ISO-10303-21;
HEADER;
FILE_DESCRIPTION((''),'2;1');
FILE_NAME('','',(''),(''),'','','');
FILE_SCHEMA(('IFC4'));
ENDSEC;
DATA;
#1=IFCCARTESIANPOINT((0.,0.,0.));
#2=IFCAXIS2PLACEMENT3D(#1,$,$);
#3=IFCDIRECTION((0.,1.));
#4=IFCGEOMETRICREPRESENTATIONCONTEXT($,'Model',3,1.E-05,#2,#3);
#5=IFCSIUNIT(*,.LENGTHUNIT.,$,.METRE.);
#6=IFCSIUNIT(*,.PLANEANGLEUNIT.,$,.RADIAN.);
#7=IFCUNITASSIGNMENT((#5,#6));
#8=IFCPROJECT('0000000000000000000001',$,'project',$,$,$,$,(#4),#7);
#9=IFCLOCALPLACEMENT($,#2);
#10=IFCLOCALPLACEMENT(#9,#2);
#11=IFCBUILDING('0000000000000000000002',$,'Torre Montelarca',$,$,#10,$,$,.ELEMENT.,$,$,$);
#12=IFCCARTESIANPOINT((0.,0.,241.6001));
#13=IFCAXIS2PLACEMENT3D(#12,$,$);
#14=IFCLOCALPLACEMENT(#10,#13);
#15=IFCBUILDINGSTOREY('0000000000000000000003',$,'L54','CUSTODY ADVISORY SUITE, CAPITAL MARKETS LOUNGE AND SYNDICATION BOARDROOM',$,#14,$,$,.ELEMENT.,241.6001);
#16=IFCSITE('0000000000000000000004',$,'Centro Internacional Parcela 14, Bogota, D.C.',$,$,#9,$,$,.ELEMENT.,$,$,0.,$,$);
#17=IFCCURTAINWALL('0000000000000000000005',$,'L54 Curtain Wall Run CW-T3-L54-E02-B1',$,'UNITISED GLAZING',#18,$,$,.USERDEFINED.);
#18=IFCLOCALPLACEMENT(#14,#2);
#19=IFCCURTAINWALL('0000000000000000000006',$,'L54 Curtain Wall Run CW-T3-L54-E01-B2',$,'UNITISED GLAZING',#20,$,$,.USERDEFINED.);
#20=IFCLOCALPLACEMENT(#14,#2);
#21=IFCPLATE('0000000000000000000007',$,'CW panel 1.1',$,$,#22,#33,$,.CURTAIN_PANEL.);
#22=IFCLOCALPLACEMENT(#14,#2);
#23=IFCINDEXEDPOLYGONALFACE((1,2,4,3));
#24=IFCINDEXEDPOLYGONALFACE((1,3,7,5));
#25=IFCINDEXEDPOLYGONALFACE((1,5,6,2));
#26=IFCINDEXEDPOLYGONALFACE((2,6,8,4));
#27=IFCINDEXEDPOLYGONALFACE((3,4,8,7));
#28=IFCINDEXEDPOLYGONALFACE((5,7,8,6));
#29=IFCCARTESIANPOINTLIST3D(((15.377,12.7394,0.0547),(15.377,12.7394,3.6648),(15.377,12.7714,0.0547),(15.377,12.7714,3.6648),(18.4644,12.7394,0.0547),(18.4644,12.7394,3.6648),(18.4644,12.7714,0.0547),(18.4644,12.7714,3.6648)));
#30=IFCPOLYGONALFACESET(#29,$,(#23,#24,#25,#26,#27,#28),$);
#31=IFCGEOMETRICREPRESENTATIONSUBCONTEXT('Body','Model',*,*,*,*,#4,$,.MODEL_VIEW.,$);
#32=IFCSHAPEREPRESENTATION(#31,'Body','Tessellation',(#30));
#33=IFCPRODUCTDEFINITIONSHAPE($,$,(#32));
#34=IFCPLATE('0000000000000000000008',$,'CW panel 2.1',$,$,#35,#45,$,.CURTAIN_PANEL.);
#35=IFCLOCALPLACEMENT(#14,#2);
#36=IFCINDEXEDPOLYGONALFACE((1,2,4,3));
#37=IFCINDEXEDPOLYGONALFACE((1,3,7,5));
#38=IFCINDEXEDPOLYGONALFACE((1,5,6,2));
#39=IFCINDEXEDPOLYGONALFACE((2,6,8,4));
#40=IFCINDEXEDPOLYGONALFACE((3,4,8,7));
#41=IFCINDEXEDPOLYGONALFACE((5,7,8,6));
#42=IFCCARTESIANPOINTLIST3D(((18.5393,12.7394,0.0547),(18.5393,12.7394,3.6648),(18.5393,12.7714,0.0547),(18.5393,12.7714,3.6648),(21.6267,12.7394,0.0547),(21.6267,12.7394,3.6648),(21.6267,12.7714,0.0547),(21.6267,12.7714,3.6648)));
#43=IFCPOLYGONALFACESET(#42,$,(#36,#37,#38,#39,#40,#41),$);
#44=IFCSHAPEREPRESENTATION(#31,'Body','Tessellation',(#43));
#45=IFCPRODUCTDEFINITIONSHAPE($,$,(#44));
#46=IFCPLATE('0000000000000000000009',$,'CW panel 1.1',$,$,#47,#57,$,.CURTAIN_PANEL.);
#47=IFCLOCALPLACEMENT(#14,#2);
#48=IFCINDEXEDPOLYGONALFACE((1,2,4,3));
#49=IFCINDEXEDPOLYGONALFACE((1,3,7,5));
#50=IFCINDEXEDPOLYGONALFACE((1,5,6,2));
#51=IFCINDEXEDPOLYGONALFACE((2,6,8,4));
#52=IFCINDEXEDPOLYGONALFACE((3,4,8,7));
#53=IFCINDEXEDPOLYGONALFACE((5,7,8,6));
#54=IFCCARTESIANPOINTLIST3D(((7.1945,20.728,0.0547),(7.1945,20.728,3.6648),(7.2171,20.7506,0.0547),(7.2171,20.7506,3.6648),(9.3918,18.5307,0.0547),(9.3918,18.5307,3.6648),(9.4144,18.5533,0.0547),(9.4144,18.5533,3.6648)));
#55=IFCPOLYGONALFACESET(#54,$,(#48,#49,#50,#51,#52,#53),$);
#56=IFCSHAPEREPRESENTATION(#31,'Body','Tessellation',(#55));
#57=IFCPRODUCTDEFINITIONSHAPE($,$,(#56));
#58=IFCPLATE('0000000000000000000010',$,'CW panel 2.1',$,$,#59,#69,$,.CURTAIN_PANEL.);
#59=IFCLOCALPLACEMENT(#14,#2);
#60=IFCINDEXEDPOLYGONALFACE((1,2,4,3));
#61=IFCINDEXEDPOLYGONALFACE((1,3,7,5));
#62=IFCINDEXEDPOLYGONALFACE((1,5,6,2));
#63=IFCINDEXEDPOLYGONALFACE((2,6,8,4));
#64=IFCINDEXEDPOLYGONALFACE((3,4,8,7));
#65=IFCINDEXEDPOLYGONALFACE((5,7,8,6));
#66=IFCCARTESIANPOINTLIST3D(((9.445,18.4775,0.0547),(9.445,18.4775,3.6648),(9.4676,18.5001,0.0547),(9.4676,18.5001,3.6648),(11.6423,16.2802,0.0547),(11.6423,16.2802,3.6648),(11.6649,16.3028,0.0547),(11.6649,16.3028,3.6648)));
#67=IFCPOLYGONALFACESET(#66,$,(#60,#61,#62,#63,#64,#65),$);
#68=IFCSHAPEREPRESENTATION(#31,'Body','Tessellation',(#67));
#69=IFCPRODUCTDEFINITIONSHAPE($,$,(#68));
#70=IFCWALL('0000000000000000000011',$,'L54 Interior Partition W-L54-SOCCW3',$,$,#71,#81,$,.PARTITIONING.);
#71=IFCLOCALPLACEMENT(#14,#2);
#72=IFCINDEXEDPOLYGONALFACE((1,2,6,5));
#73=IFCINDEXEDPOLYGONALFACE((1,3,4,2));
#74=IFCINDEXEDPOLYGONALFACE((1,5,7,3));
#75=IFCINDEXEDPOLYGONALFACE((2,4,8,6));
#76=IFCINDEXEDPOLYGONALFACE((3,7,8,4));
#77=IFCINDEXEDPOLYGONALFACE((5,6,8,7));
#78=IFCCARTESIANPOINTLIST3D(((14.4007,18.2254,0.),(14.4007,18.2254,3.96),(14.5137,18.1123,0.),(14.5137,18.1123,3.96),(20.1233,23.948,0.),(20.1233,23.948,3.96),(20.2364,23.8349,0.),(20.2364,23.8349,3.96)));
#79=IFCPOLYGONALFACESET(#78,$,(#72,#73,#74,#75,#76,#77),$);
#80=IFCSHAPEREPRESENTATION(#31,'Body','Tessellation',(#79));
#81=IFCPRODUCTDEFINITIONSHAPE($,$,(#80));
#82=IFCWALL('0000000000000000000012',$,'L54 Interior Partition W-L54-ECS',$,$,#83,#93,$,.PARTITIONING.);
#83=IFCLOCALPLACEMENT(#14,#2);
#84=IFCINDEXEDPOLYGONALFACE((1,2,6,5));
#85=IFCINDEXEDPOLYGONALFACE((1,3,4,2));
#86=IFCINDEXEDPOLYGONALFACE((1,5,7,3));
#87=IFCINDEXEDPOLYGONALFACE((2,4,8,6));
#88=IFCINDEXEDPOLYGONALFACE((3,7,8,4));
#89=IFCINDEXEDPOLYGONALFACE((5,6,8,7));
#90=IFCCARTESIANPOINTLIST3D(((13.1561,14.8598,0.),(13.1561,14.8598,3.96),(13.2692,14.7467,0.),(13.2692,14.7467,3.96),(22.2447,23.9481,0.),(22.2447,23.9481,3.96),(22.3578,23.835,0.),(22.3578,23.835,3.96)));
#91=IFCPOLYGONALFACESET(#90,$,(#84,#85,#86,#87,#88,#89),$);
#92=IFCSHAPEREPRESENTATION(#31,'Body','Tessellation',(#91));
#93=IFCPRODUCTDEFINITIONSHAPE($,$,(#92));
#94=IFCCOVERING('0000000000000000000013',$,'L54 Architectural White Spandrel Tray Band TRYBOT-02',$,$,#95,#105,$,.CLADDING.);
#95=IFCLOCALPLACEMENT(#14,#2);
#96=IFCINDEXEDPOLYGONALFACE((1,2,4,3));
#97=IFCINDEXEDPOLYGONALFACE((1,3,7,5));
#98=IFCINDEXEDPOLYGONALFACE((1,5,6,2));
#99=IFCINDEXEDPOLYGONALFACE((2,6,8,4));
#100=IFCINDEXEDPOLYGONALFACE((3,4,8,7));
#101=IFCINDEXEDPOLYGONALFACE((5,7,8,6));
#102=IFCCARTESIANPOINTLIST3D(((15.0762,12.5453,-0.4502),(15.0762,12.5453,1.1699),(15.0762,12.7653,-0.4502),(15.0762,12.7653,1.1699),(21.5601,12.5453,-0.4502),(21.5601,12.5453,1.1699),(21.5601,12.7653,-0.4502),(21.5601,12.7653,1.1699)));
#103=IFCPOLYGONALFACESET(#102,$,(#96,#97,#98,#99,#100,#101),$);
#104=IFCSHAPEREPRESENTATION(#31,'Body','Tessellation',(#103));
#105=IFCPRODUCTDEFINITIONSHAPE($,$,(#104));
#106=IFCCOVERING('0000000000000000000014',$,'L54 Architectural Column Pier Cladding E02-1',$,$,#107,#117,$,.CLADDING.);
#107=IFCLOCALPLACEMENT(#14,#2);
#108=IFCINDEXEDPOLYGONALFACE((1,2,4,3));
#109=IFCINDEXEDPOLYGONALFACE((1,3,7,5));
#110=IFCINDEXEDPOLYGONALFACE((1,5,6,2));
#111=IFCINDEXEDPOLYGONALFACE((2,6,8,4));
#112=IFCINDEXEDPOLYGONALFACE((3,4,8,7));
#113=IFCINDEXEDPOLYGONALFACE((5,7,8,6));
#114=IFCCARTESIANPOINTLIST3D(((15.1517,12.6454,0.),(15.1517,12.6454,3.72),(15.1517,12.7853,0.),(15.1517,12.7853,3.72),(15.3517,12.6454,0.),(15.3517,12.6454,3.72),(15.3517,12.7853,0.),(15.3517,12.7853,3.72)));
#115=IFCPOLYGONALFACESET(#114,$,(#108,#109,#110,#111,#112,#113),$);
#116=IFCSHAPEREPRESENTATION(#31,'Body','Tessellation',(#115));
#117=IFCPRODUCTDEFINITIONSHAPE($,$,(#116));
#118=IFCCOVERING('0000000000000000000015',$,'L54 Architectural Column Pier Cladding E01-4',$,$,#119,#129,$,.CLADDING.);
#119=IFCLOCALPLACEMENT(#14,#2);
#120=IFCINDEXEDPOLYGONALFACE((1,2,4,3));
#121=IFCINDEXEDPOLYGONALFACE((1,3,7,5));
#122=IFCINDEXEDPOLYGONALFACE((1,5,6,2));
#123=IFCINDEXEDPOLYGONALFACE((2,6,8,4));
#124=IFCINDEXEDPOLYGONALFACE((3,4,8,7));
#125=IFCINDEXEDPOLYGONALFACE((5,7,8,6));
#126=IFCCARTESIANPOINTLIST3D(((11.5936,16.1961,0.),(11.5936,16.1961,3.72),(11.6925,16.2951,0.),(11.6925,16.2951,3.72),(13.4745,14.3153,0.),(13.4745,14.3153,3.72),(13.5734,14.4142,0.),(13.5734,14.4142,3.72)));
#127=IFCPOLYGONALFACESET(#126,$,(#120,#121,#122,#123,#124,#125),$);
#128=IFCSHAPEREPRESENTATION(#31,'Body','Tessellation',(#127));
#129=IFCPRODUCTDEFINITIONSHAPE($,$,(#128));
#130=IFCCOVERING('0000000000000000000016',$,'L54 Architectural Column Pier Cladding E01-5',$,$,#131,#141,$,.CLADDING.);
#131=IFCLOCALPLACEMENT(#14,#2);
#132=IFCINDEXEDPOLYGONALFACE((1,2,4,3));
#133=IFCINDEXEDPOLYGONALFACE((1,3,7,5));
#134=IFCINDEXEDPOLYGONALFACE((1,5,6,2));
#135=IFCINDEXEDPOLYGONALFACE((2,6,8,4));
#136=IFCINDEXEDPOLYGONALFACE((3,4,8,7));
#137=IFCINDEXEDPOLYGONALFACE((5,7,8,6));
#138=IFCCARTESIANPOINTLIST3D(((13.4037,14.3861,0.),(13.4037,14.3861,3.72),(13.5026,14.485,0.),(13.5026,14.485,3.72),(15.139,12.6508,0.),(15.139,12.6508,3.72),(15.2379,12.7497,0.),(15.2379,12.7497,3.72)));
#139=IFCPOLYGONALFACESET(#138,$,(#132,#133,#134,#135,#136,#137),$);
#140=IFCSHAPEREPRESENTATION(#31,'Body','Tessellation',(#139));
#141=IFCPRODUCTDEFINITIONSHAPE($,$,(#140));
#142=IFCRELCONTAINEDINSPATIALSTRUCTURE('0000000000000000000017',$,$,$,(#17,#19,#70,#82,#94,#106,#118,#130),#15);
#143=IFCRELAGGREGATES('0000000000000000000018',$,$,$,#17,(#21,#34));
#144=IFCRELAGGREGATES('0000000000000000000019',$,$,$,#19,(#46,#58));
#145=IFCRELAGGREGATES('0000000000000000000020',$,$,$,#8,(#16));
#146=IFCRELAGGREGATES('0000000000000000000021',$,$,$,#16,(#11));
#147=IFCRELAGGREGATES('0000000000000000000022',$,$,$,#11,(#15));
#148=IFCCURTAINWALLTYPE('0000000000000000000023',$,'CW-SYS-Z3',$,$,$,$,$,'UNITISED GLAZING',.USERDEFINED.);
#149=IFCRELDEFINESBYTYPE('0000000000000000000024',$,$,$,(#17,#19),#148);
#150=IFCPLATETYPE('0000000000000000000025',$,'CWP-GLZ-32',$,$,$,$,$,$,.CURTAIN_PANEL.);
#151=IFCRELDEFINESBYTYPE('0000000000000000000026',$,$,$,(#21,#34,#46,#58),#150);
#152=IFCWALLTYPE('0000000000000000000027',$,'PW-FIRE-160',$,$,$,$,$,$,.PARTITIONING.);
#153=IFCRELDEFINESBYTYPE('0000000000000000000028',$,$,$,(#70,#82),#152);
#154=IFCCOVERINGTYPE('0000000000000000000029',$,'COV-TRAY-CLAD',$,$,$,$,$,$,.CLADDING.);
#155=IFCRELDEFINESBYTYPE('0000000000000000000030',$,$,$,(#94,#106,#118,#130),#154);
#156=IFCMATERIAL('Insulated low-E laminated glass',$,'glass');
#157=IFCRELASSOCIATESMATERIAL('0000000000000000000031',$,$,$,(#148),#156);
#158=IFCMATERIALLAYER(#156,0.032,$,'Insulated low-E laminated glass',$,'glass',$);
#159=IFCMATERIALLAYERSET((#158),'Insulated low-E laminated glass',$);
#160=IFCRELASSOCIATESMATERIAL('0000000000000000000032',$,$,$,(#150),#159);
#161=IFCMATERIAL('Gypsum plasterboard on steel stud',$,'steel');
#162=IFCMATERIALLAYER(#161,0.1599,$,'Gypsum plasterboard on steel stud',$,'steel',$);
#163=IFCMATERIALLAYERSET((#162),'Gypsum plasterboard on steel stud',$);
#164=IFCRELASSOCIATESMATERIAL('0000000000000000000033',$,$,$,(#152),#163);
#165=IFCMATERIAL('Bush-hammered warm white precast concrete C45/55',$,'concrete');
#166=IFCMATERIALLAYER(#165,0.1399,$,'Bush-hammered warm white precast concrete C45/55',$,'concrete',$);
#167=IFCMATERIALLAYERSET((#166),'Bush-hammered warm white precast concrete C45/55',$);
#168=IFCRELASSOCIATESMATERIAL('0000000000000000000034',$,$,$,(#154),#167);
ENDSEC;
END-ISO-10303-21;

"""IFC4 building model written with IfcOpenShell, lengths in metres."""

from ifc_helpers import new_model, si_unit, direction, frame, frame_2d, origin, origin_2d, place, context, subcontext, project, spatial, rectangle, extrude, source, transform, mapped, material, layer, layer_set, type_object, element, aggregate, save


model = new_model("IFC4")

# Units and contexts
model_context = context("Model", 3, precision=1e-05, world=origin(), true_north=direction((0.0, 1.0)))
body_context = subcontext(model_context, "Body", "Model", "MODEL_VIEW")
ifc_project = project(units=[si_unit("LENGTHUNIT", "METRE"), si_unit("PLANEANGLEUNIT", "RADIAN")], contexts=[model_context])

# Site, building, storey
site_placement = place(None, origin())
site = spatial("IfcSite", under=ifc_project, at=site_placement, Name="Centro Internacional Parcela 14, Bogota, D.C.", CompositionType="ELEMENT", RefElevation=0.0)
building_placement = place(site_placement, origin())
building = spatial("IfcBuilding", under=site, at=building_placement, Name="Torre Montelarca", CompositionType="ELEMENT")
storey_placement = place(building_placement, frame((0.0, 0.0, 241.6001)))
storey = spatial("IfcBuildingStorey", under=building, at=storey_placement, Name="L54", Description="CUSTODY ADVISORY SUITE, CAPITAL MARKETS LOUNGE AND SYNDICATION BOARDROOM", CompositionType="ELEMENT", Elevation=241.6001)

# Curtain walls
ifc_material_1 = material(Name="Insulated low-E laminated glass", Category="glass")
curtain_wall_type = type_object("IfcCurtainWallType", Name="CW-SYS-Z3", ElementType="UNITISED GLAZING", PredefinedType="USERDEFINED", material=ifc_material_1)
curtain_wall_1_placement = place(storey_placement, origin())
curtain_wall_1 = element("IfcCurtainWall", 1, at=curtain_wall_1_placement, inside=storey, type_object=curtain_wall_type, Name="L54 Curtain Wall Run CW-T3-L54-E02-B1", ObjectType="UNITISED GLAZING", PredefinedType="USERDEFINED")
curtain_wall_2_placement = place(storey_placement, origin())
curtain_wall_2 = element("IfcCurtainWall", 2, at=curtain_wall_2_placement, inside=storey, type_object=curtain_wall_type, Name="L54 Curtain Wall Run CW-T3-L54-E01-B2", ObjectType="UNITISED GLAZING", PredefinedType="USERDEFINED")

# Plates
ifc_layer_1 = layer(ifc_material_1, 0.032, Name="Insulated low-E laminated glass", Category="glass")
ifc_layer_set_1 = layer_set([ifc_layer_1], Name="Insulated low-E laminated glass")
plate_type = type_object("IfcPlateType", Name="CWP-GLZ-32", PredefinedType="CURTAIN_PANEL", material=ifc_layer_set_1)
shared_shape_1 = source(origin(), body_context, "Body", "SweptSolid", [
    extrude(rectangle(XDim=3.0874, YDim=0.032, at=origin_2d()), origin(), (0.0, 0.0, 1.0), 3.6101),
])
plate_1_placement = place(storey_placement, frame((16.9207, 12.7554, 0.0547), z_axis=(0.0, 0.0, 1.0), x_axis=(1.0, 0.0, 0.0)))
plate_1 = element("IfcPlate", 3, at=plate_1_placement, type_object=plate_type, Name="CW panel 1.1", PredefinedType="CURTAIN_PANEL", context=body_context, shape_type="MappedRepresentation", body=[
    mapped(shared_shape_1, transform((0.0, 0.0, 0.0), scale=1.0)),
])
plate_2_placement = place(storey_placement, frame((20.083, 12.7554, 0.0547), z_axis=(0.0, 0.0, 1.0), x_axis=(1.0, 0.0, 0.0)))
plate_2 = element("IfcPlate", 4, at=plate_2_placement, type_object=plate_type, Name="CW panel 2.1", PredefinedType="CURTAIN_PANEL", context=body_context, shape_type="MappedRepresentation", body=[
    mapped(shared_shape_1, transform((0.0, 0.0, 0.0), scale=1.0)),
])
aggregate(curtain_wall_1, [plate_1, plate_2])
shared_shape_2 = source(origin(), body_context, "Body", "SweptSolid", [
    extrude(rectangle(XDim=3.1074, YDim=0.032, at=origin_2d()), origin(), (0.0, 0.0, 1.0), 3.6101),
])
plate_3_placement = place(storey_placement, frame((8.3044, 19.6406, 0.0547), z_axis=(0.0, 0.0, 1.0), x_axis=(0.707107, -0.707107, 0.0)))
plate_3 = element("IfcPlate", 5, at=plate_3_placement, type_object=plate_type, Name="CW panel 1.1", PredefinedType="CURTAIN_PANEL", context=body_context, shape_type="MappedRepresentation", body=[
    mapped(shared_shape_2, transform((0.0, 0.0, 0.0), scale=1.0)),
])
plate_4_placement = place(storey_placement, frame((10.5549, 17.3901, 0.0547), z_axis=(0.0, 0.0, 1.0), x_axis=(0.707107, -0.707107, 0.0)))
plate_4 = element("IfcPlate", 6, at=plate_4_placement, type_object=plate_type, Name="CW panel 2.1", PredefinedType="CURTAIN_PANEL", context=body_context, shape_type="MappedRepresentation", body=[
    mapped(shared_shape_2, transform((0.0, 0.0, 0.0), scale=1.0)),
])
aggregate(curtain_wall_2, [plate_3, plate_4])

# Walls
ifc_material_2 = material(Name="Gypsum plasterboard on steel stud", Category="steel")
ifc_layer_2 = layer(ifc_material_2, 0.1599, Name="Gypsum plasterboard on steel stud", Category="steel")
ifc_layer_set_2 = layer_set([ifc_layer_2], Name="Gypsum plasterboard on steel stud")
wall_type = type_object("IfcWallType", Name="PW-FIRE-160", PredefinedType="PARTITIONING", material=ifc_layer_set_2)
wall_1_placement = place(storey_placement, frame((14.4573, 18.1689, 0.0), z_axis=(0.0, 0.0, 1.0), x_axis=(0.707107, 0.707107, 0.0)))
element("IfcWall", 7, at=wall_1_placement, inside=storey, type_object=wall_type, Name="L54 Interior Partition W-L54-SOCCW3", PredefinedType="PARTITIONING", context=body_context, shape_type="SweptSolid", body=[
    extrude(rectangle(XDim=8.093, YDim=0.1599, at=frame_2d((4.0464, 0.0))), origin(), (0.0, 0.0, 1.0), 3.96),
])
wall_2_placement = place(storey_placement, frame((13.2126, 14.8032, 0.0), z_axis=(0.0, 0.0, 1.0), x_axis=(0.707116, 0.707097, 0.0)))
element("IfcWall", 8, at=wall_2_placement, inside=storey, type_object=wall_type, Name="L54 Interior Partition W-L54-ECS", PredefinedType="PARTITIONING", context=body_context, shape_type="SweptSolid", body=[
    extrude(rectangle(XDim=12.853, YDim=0.1599, at=frame_2d((6.4265, 0.0))), origin(), (0.0, 0.0, 1.0), 3.96),
])

# Coverings
ifc_material_3 = material(Name="Bush-hammered warm white precast concrete C45/55", Category="concrete")
ifc_layer_3 = layer(ifc_material_3, 0.1399, Name="Bush-hammered warm white precast concrete C45/55", Category="concrete")
ifc_layer_set_3 = layer_set([ifc_layer_3], Name="Bush-hammered warm white precast concrete C45/55")
covering_type = type_object("IfcCoveringType", Name="COV-TRAY-CLAD", PredefinedType="CLADDING", material=ifc_layer_set_3)
shared_shape_3 = source(origin(), body_context, "Body", "SweptSolid", [
    extrude(rectangle(XDim=6.4839, YDim=0.22, at=origin_2d()), origin(), (0.0, 0.0, 1.0), 1.6201),
])
covering_1_placement = place(storey_placement, frame((18.3181, 12.6553, -0.4502), z_axis=(0.0, 0.0, 1.0), x_axis=(1.0, 0.0, 0.0)))
element("IfcCovering", 9, at=covering_1_placement, inside=storey, type_object=covering_type, Name="L54 Architectural White Spandrel Tray Band TRYBOT-02", PredefinedType="CLADDING", context=body_context, shape_type="MappedRepresentation", body=[
    mapped(shared_shape_3, transform((0.0, 0.0, 0.0), scale=1.0)),
])
shared_shape_4 = source(origin(), body_context, "Body", "SweptSolid", [
    extrude(rectangle(XDim=0.2, YDim=0.1399, at=origin_2d()), origin(), (0.0, 0.0, 1.0), 3.72),
])
covering_2_placement = place(storey_placement, frame((15.2517, 12.7153, 0.0), z_axis=(0.0, 0.0, 1.0), x_axis=(1.0, 0.0, 0.0)))
element("IfcCovering", 10, at=covering_2_placement, inside=storey, type_object=covering_type, Name="L54 Architectural Column Pier Cladding E02-1", PredefinedType="CLADDING", context=body_context, shape_type="MappedRepresentation", body=[
    mapped(shared_shape_4, transform((0.0, 0.0, 0.0), scale=1.0)),
])
shared_shape_5 = source(origin(), body_context, "Body", "SweptSolid", [
    extrude(rectangle(XDim=2.6599, YDim=0.1399, at=origin_2d()), origin(), (0.0, 0.0, 1.0), 3.72),
])
covering_3_placement = place(storey_placement, frame((12.5835, 15.3052, 0.0), z_axis=(0.0, 0.0, 1.0), x_axis=(0.707107, -0.707107, 0.0)))
element("IfcCovering", 11, at=covering_3_placement, inside=storey, type_object=covering_type, Name="L54 Architectural Column Pier Cladding E01-4", PredefinedType="CLADDING", context=body_context, shape_type="MappedRepresentation", body=[
    mapped(shared_shape_5, transform((0.0, 0.0, 0.0), scale=1.0)),
])
shared_shape_6 = source(origin(), body_context, "Body", "SweptSolid", [
    extrude(rectangle(XDim=2.4541, YDim=0.1399, at=origin_2d()), origin(), (0.0, 0.0, 1.0), 3.72),
])
covering_4_placement = place(storey_placement, frame((14.3208, 13.5679, 0.0), z_axis=(0.0, 0.0, 1.0), x_axis=(0.707107, -0.707107, 0.0)))
element("IfcCovering", 12, at=covering_4_placement, inside=storey, type_object=covering_type, Name="L54 Architectural Column Pier Cladding E01-5", PredefinedType="CLADDING", context=body_context, shape_type="MappedRepresentation", body=[
    mapped(shared_shape_6, transform((0.0, 0.0, 0.0), scale=1.0)),
])

save(model, "model.ifc")
